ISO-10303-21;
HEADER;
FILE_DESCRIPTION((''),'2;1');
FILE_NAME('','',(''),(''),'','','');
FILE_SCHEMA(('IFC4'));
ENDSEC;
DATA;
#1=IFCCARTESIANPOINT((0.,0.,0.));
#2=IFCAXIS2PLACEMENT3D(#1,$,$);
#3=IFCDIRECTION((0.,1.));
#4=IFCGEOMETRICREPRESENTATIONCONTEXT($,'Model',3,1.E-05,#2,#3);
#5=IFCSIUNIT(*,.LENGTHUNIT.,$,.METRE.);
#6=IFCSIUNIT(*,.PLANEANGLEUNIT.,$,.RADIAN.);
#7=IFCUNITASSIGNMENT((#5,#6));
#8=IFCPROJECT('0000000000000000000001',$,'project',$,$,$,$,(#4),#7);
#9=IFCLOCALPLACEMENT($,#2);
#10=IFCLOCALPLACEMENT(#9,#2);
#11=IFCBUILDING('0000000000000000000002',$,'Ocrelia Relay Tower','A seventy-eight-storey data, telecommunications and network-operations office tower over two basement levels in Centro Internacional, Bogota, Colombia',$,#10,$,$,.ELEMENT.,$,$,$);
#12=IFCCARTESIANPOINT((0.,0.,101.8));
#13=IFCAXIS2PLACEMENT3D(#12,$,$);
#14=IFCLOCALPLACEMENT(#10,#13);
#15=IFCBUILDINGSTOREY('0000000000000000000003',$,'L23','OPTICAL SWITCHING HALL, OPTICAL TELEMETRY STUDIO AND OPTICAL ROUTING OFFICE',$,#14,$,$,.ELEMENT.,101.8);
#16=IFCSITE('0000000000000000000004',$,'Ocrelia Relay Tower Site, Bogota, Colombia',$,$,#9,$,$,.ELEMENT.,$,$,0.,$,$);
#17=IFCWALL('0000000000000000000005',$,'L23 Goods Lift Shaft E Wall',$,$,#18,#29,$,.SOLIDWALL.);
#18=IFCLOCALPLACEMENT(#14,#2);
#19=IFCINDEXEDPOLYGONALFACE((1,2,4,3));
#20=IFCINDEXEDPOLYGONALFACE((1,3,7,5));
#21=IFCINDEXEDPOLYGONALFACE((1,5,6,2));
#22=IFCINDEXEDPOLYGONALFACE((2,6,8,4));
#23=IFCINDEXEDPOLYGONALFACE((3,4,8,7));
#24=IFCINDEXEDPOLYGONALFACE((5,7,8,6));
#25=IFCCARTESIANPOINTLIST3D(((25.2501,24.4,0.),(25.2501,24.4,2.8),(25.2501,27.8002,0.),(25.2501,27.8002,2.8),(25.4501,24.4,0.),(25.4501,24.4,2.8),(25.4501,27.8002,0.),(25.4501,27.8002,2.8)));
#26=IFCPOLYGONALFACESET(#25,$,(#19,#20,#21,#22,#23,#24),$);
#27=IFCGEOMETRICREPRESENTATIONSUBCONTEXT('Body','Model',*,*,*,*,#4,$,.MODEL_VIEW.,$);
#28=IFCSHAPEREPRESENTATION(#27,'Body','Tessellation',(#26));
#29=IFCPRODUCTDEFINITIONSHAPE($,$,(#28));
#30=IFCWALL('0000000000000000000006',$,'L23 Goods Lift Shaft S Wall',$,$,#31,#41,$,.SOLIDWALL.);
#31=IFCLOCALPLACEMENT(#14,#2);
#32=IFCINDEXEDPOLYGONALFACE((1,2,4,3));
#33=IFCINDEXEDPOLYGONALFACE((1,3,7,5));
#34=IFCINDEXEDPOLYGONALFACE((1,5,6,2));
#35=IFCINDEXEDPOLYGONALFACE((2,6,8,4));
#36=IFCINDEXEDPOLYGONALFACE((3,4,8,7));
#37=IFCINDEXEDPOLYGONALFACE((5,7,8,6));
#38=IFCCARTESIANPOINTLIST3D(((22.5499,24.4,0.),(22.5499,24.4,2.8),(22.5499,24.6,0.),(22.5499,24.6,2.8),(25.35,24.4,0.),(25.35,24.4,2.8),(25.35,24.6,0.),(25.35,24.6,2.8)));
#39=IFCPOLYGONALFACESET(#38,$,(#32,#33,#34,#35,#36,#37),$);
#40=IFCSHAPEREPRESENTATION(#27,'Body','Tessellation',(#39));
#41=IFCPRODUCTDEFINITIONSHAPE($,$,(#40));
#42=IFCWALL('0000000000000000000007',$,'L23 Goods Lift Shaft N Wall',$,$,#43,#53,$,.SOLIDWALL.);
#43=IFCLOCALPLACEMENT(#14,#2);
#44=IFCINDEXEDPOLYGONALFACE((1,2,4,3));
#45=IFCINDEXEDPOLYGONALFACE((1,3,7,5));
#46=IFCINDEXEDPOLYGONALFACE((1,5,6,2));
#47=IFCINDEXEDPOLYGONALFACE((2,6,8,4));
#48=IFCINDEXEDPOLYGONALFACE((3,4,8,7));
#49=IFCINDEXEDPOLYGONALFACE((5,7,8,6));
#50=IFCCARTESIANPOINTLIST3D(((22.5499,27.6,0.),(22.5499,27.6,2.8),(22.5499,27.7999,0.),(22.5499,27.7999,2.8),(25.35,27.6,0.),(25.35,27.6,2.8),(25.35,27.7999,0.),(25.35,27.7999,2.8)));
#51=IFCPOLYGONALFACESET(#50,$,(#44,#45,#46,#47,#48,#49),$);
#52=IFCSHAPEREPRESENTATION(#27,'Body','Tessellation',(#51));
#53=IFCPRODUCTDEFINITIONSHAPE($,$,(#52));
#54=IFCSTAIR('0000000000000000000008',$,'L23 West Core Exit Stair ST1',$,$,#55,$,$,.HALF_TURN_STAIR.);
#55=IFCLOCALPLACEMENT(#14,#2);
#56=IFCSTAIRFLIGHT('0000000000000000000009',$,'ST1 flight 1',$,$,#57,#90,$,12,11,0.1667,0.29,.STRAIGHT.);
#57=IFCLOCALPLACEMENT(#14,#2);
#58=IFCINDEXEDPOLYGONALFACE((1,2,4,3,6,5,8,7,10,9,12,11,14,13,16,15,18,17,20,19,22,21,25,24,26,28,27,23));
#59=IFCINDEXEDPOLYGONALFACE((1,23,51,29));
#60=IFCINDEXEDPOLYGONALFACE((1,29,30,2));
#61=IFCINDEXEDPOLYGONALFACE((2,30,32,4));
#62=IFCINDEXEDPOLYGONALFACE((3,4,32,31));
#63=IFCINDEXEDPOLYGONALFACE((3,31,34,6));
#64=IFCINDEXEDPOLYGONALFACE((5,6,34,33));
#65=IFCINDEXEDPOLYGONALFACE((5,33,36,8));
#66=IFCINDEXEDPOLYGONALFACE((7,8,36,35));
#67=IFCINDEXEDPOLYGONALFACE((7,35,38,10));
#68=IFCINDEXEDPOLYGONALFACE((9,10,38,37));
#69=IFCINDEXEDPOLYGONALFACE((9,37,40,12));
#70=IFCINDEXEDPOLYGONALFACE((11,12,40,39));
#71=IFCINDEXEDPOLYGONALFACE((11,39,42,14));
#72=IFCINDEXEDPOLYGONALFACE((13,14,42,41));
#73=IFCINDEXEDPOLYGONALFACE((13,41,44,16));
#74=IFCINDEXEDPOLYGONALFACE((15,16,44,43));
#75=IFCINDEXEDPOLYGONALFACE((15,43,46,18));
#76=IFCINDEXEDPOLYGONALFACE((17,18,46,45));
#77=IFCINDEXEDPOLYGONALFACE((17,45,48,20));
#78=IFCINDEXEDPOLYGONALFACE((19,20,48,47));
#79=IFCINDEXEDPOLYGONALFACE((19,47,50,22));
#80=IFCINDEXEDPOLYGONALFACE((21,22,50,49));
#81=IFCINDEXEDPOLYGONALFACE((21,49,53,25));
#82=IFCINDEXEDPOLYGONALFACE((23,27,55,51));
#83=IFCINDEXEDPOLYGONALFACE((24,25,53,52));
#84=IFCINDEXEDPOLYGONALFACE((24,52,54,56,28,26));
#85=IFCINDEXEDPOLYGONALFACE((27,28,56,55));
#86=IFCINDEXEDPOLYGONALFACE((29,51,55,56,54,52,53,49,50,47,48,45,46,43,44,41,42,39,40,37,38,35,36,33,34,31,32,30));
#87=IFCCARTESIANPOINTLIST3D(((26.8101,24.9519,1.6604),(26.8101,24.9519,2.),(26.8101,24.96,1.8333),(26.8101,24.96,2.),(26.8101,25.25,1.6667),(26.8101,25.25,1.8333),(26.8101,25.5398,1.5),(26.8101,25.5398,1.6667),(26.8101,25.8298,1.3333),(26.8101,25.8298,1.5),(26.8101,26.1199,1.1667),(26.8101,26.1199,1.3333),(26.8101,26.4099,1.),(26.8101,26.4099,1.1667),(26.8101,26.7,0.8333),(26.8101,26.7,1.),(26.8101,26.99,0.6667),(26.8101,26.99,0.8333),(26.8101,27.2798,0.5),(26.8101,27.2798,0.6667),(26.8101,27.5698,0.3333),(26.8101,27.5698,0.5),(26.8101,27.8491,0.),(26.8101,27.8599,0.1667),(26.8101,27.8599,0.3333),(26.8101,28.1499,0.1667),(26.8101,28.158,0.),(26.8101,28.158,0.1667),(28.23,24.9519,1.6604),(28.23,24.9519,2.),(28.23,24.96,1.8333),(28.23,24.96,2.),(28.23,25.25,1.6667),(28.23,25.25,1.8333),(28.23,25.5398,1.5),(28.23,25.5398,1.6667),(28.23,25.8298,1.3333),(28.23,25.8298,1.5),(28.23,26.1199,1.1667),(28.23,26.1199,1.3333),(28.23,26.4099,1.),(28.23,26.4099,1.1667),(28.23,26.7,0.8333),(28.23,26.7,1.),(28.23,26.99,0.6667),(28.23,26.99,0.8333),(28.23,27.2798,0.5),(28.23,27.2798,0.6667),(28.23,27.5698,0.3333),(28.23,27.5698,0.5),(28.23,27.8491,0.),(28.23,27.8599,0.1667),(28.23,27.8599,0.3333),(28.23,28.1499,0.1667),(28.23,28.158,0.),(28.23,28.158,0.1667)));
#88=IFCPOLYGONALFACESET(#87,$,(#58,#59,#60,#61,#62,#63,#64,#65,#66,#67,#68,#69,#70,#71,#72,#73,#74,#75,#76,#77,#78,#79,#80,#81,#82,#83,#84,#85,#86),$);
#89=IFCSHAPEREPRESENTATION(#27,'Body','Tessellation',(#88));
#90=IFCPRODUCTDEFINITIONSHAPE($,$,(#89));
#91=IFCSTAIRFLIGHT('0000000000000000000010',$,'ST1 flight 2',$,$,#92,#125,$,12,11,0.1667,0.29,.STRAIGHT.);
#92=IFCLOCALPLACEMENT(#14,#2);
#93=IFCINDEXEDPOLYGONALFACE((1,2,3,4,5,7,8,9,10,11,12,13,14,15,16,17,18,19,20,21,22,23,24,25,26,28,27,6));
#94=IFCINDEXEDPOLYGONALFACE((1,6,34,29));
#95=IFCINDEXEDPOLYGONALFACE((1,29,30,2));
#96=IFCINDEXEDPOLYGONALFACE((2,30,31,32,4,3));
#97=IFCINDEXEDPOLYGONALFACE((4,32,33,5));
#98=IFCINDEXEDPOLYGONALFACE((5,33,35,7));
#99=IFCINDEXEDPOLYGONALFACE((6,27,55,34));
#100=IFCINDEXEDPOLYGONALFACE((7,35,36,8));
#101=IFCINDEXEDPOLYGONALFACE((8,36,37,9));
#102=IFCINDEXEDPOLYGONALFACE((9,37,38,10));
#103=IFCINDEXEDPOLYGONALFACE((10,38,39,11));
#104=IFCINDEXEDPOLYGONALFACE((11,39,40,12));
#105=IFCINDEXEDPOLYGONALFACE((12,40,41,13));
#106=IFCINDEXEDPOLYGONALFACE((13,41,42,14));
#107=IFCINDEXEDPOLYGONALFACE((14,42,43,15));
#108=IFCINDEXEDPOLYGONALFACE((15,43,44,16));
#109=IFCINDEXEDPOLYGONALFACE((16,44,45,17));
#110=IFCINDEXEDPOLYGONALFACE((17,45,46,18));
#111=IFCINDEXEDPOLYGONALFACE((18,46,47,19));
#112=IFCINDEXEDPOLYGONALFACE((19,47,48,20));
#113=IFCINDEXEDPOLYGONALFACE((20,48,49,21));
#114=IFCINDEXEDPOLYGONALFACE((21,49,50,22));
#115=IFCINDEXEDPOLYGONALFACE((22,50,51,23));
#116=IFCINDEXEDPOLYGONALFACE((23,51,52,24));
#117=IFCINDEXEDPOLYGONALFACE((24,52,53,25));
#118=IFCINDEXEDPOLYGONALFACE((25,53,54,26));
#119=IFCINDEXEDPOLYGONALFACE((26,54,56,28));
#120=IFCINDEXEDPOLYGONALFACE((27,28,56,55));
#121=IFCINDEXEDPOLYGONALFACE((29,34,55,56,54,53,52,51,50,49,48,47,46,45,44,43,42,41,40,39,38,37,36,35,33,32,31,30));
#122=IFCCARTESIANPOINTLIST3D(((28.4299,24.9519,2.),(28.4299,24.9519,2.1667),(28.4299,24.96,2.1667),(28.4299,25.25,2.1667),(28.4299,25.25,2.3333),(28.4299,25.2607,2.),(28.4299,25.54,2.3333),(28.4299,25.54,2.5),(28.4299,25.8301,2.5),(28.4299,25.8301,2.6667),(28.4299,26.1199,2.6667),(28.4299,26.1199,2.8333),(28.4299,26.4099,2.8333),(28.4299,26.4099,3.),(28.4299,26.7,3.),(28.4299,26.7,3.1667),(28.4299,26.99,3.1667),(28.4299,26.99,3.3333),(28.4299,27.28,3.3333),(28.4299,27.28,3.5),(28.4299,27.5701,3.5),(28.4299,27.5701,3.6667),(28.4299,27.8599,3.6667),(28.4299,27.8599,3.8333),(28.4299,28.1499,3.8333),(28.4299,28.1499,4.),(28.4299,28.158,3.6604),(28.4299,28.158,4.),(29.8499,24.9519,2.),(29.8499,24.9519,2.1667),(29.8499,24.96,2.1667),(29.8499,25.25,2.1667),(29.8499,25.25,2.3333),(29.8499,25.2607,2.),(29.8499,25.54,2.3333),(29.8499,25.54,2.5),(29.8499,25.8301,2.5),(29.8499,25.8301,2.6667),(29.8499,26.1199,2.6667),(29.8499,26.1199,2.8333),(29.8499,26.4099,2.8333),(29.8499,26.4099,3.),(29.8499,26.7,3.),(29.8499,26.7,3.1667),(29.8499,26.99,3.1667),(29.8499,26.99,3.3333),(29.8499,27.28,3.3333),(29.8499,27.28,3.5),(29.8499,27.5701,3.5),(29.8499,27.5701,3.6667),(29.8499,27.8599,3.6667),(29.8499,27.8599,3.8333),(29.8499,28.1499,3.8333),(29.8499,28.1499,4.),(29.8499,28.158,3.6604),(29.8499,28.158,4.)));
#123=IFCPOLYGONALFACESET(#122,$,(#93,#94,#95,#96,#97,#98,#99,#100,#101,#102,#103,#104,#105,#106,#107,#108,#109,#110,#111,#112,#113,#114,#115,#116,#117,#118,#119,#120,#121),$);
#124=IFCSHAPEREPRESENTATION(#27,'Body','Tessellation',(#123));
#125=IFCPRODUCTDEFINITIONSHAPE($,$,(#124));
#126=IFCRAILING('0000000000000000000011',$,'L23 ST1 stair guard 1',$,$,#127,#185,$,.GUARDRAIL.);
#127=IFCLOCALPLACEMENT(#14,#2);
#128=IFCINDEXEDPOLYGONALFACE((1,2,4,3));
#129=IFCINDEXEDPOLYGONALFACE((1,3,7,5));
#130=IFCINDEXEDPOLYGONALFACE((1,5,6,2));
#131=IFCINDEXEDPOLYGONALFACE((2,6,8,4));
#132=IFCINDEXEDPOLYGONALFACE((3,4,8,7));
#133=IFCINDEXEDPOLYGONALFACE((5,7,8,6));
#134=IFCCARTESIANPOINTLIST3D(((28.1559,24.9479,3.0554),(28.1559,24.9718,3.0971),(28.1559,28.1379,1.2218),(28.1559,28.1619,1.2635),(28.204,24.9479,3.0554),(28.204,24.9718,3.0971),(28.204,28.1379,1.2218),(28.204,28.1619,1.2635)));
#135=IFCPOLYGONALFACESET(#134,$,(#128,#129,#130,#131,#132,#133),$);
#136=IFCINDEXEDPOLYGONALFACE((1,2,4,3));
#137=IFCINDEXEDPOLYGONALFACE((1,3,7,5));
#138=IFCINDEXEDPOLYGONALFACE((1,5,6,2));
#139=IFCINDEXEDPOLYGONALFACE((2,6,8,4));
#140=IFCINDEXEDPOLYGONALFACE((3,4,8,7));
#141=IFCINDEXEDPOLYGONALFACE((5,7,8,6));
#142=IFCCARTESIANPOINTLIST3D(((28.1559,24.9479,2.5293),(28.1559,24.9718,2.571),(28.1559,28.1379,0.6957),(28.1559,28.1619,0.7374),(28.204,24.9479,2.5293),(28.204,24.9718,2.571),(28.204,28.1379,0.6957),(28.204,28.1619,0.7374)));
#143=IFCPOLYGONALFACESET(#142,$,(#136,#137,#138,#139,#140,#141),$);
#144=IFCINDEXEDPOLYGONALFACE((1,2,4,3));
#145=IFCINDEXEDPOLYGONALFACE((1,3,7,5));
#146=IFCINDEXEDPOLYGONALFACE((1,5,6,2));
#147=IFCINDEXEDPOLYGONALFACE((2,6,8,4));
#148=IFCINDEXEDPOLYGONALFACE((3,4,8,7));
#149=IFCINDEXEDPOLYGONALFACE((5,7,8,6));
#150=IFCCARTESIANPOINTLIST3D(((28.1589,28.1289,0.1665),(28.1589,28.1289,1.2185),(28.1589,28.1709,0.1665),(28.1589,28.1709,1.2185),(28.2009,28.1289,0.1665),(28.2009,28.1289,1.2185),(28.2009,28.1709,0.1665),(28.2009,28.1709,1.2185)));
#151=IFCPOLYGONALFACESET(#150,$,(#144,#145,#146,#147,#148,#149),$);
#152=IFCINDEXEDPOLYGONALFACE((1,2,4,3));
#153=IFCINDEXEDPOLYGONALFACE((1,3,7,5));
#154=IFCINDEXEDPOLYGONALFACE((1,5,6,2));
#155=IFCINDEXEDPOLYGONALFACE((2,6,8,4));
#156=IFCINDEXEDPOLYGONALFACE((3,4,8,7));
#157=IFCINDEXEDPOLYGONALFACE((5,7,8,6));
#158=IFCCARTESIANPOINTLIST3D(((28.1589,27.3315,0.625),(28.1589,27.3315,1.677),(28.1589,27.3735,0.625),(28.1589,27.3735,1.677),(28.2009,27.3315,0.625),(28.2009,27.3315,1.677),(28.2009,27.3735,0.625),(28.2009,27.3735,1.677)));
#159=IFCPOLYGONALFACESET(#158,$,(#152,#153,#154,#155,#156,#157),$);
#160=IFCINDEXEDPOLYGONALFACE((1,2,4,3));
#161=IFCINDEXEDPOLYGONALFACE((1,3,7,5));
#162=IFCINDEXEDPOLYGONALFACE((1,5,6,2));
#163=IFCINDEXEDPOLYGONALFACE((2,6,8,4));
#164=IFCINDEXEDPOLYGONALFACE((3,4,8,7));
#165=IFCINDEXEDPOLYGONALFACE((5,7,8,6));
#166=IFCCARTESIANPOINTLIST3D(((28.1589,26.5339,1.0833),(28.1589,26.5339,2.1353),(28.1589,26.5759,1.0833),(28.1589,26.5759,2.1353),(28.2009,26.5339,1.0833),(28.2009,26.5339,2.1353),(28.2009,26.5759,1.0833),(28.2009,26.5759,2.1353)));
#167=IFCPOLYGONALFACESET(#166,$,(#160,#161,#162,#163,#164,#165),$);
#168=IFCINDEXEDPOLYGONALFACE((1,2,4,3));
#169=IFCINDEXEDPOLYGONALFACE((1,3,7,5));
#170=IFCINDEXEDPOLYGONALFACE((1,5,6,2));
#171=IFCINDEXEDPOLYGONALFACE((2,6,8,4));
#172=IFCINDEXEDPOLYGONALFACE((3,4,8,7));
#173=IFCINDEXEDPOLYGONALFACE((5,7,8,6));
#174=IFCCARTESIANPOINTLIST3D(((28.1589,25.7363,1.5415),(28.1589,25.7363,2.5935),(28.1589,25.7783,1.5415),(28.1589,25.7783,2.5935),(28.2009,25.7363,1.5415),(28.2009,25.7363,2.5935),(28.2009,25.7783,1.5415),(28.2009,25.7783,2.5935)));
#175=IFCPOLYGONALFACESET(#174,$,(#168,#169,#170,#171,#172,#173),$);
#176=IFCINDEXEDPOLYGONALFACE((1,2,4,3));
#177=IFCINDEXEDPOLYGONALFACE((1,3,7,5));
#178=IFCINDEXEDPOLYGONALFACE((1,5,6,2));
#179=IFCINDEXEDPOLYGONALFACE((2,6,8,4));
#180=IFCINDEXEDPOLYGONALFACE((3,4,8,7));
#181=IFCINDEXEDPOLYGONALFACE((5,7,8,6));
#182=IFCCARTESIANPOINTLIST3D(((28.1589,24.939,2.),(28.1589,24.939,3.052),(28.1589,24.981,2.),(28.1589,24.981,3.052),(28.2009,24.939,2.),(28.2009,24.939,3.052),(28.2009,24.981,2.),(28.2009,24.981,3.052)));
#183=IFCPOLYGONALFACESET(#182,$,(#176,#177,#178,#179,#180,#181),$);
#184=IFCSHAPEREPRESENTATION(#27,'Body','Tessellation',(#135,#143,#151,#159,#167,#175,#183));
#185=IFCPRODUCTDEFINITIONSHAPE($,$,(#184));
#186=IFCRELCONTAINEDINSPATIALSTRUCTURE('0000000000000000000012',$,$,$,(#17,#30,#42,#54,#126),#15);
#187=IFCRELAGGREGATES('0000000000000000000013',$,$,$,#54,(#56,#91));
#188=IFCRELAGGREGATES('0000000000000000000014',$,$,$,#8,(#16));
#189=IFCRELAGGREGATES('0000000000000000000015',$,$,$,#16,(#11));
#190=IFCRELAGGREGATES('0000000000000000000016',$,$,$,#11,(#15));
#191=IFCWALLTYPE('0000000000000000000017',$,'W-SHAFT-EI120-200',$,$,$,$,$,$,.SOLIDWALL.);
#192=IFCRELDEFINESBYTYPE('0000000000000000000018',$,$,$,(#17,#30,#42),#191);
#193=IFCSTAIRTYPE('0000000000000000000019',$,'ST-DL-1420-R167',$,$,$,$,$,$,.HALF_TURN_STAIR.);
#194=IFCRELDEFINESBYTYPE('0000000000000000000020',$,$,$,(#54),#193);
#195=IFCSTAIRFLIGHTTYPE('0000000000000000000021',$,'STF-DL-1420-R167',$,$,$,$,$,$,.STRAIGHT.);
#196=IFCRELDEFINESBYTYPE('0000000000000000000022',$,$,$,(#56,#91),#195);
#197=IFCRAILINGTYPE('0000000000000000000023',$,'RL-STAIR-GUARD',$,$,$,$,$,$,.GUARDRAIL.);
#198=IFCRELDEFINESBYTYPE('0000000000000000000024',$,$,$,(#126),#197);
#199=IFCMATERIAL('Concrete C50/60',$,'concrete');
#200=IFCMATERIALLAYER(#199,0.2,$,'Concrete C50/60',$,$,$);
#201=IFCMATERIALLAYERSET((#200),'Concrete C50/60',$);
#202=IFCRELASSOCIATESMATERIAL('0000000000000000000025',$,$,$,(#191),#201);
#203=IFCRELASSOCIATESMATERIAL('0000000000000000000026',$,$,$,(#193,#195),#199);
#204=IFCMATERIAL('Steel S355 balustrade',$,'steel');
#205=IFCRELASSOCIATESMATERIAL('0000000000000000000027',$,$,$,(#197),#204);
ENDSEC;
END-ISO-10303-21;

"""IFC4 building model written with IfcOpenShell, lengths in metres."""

from ifc_helpers import new_model, si_unit, direction, frame, frame_2d, origin, origin_2d, place, context, subcontext, project, spatial, polyline, rectangle, outline, extrude, material, layer, layer_set, type_object, element, aggregate, save


model = new_model("IFC4")

# Units and contexts
model_context = context("Model", 3, precision=1e-05, world=origin(), true_north=direction((0.0, 1.0)))
body_context = subcontext(model_context, "Body", "Model", "MODEL_VIEW")
ifc_project = project(units=[si_unit("LENGTHUNIT", "METRE"), si_unit("PLANEANGLEUNIT", "RADIAN")], contexts=[model_context])

# Site, building, storey
site_placement = place(None, origin())
site = spatial("IfcSite", under=ifc_project, at=site_placement, Name="Ocrelia Relay Tower Site, Bogota, Colombia", CompositionType="ELEMENT", RefElevation=0.0)
building_placement = place(site_placement, origin())
building = spatial("IfcBuilding", under=site, at=building_placement, Name="Ocrelia Relay Tower", Description="A seventy-eight-storey data, telecommunications and network-operations office tower over two basement levels in Centro Internacional, Bogota, Colombia", CompositionType="ELEMENT")
storey_placement = place(building_placement, frame((0.0, 0.0, 101.8)))
storey = spatial("IfcBuildingStorey", under=building, at=storey_placement, Name="L23", Description="OPTICAL SWITCHING HALL, OPTICAL TELEMETRY STUDIO AND OPTICAL ROUTING OFFICE", CompositionType="ELEMENT", Elevation=101.8)

# Shared definitions
ifc_material_1 = material(Name="Concrete C50/60", Category="concrete")

# Shared definitions
ifc_layer_1 = layer(ifc_material_1, 0.2, Name="Concrete C50/60")
ifc_layer_set_1 = layer_set([ifc_layer_1], Name="Concrete C50/60")
wall_type_1 = type_object("IfcWallType", Name="W-SHAFT-EI120-200", PredefinedType="SOLIDWALL", material=ifc_layer_set_1)

# Walls
wall_1_placement = place(storey_placement, frame((25.3501, 24.3999, 0.0), z_axis=(0.0, 0.0, 1.0), x_axis=(0.0, 1.0, 0.0)))
element("IfcWall", 1, at=wall_1_placement, inside=storey, type_object=wall_type_1, Name="L23 Goods Lift Shaft E Wall", PredefinedType="SOLIDWALL", context=body_context, shape_type="SweptSolid", body=[
    extrude(rectangle(XDim=3.4001, YDim=0.2, at=frame_2d((1.7002, 0.0))), origin(), (0.0, 0.0, 1.0), 2.8),
])
for number, where, z_axis, x_axis, name in (
    (2, (22.55, 24.5, 0.0), (0.0, 0.0, 1.0), (1.0, 0.0, 0.0), "L23 Goods Lift Shaft S Wall"),
    (3, (22.55, 27.7, 0.0), (0.0, 0.0, 1.0), (1.0, 0.0, 0.0), "L23 Goods Lift Shaft N Wall"),
):
    element("IfcWall", number, at=place(storey_placement, frame(where, z_axis=z_axis, x_axis=x_axis)), inside=storey, type_object=wall_type_1, Name=name, PredefinedType="SOLIDWALL", context=body_context, shape_type="SweptSolid", body=[
        extrude(rectangle(XDim=2.8, YDim=0.2, at=frame_2d((1.3999, 0.0))), origin(), (0.0, 0.0, 1.0), 2.8),
    ])

# Stair, stair flights
stair_type = type_object("IfcStairType", Name="ST-DL-1420-R167", PredefinedType="HALF_TURN_STAIR", material=ifc_material_1)
stair_placement = place(storey_placement, origin())
stair = element("IfcStair", 4, at=stair_placement, inside=storey, type_object=stair_type, Name="L23 West Core Exit Stair ST1", PredefinedType="HALF_TURN_STAIR")
stair_flight_type = type_object("IfcStairFlightType", Name="STF-DL-1420-R167", PredefinedType="STRAIGHT", material=ifc_material_1)
stair_flight_1_placement = place(storey_placement, frame((27.52, 28.1499, 0.0), z_axis=(0.0, 0.0, 1.0), x_axis=(0.0, -1.0, 0.0)))
stair_flight_1 = element("IfcStairFlight", 5, at=stair_flight_1_placement, type_object=stair_flight_type, Name="ST1 flight 1", NumberOfRisers=12, NumberOfTreads=11, PredefinedType="STRAIGHT", RiserHeight=0.1667, TreadLength=0.29, context=body_context, shape_type="SweptSolid", body=[
    extrude(outline(polyline([(-0.0081, 0.0), (-0.0081, 0.1667), (0.0, 0.1667), (0.29, 0.1667), (0.29, 0.3333), (0.5801, 0.3333), (0.5801, 0.5), (0.8701, 0.5), (0.8701, 0.6667), (1.1599, 0.6667), (1.1599, 0.8333), (1.45, 0.8333), (1.45, 1.0), (1.74, 1.0), (1.74, 1.1667), (2.03, 1.1667), (2.03, 1.3333), (2.3201, 1.3333), (2.3201, 1.5), (2.6101, 1.5), (2.6101, 1.6667), (2.8999, 1.6667), (2.8999, 1.8333), (3.1899, 1.8333), (3.1899, 2.0), (3.198, 2.0), (3.198, 1.6604), (0.3008, 0.0), (-0.0081, 0.0)])), frame((0.0, 0.71, 0.0), z_axis=(0.0, -1.0, 0.0), x_axis=(1.0, 0.0, 0.0)), (0.0, 0.0, 1.0), 1.4199),
])
stair_flight_2_placement = place(storey_placement, frame((29.1399, 24.96, 2.0), z_axis=(0.0, 0.0, 1.0), x_axis=(0.0, 1.0, 0.0)))
stair_flight_2 = element("IfcStairFlight", 6, at=stair_flight_2_placement, type_object=stair_flight_type, Name="ST1 flight 2", NumberOfRisers=12, NumberOfTreads=11, PredefinedType="STRAIGHT", RiserHeight=0.1667, TreadLength=0.29, context=body_context, shape_type="SweptSolid", body=[
    extrude(outline(polyline([(-0.0081, 0.0), (-0.0081, 0.1667), (0.0, 0.1667), (0.29, 0.1667), (0.29, 0.3333), (0.5801, 0.3333), (0.5801, 0.5), (0.8701, 0.5), (0.8701, 0.6667), (1.1599, 0.6667), (1.1599, 0.8333), (1.45, 0.8333), (1.45, 1.0), (1.74, 1.0), (1.74, 1.1667), (2.03, 1.1667), (2.03, 1.3333), (2.3201, 1.3333), (2.3201, 1.5), (2.6101, 1.5), (2.6101, 1.6667), (2.8999, 1.6667), (2.8999, 1.8333), (3.1899, 1.8333), (3.1899, 2.0), (3.198, 2.0), (3.198, 1.6604), (0.3008, 0.0), (-0.0081, 0.0)])), frame((0.0, 0.71, 0.0), z_axis=(0.0, -1.0, 0.0), x_axis=(1.0, 0.0, 0.0)), (0.0, 0.0, 1.0), 1.4199),
])
aggregate(stair, [stair_flight_1, stair_flight_2])

# Railing
ifc_material_2 = material(Name="Steel S355 balustrade", Category="steel")
railing_type_1 = type_object("IfcRailingType", Name="RL-STAIR-GUARD", PredefinedType="GUARDRAIL", material=ifc_material_2)
railing_1_placement = place(storey_placement, frame((28.1799, 28.1499, 0.1665)))
element("IfcRailing", 7, at=railing_1_placement, inside=storey, type_object=railing_type_1, Name="L23 ST1 stair guard 1", PredefinedType="GUARDRAIL", context=body_context, shape_type="SweptSolid", body=[
    extrude(rectangle(XDim=0.0481, YDim=0.0481, at=origin_2d()), frame((0.0, 0.0, 1.0762), z_axis=(0.0, -0.866991, 0.498324), x_axis=(1.0, 0.0, 0.0)), (0.0, 0.0, 1.0), 3.6794),
    extrude(rectangle(XDim=0.0481, YDim=0.0481, at=origin_2d()), frame((0.0, 0.0, 0.55), z_axis=(0.0, -0.866991, 0.498324), x_axis=(1.0, 0.0, 0.0)), (0.0, 0.0, 1.0), 3.6794),
    extrude(rectangle(XDim=0.042, YDim=0.042, at=origin_2d()), origin(), (0.0, 0.0, 1.0), 1.052),
    extrude(rectangle(XDim=0.042, YDim=0.042, at=origin_2d()), frame((0.0, -0.7974, 0.4585)), (0.0, 0.0, 1.0), 1.052),
    extrude(rectangle(XDim=0.042, YDim=0.042, at=origin_2d()), frame((0.0, -1.595, 0.9167)), (0.0, 0.0, 1.0), 1.052),
    extrude(rectangle(XDim=0.042, YDim=0.042, at=origin_2d()), frame((0.0, -2.3926, 1.375)), (0.0, 0.0, 1.0), 1.052),
    extrude(rectangle(XDim=0.042, YDim=0.042, at=origin_2d()), frame((0.0, -3.1899, 1.8335)), (0.0, 0.0, 1.0), 1.052),
])

save(model, "model.ifc")
